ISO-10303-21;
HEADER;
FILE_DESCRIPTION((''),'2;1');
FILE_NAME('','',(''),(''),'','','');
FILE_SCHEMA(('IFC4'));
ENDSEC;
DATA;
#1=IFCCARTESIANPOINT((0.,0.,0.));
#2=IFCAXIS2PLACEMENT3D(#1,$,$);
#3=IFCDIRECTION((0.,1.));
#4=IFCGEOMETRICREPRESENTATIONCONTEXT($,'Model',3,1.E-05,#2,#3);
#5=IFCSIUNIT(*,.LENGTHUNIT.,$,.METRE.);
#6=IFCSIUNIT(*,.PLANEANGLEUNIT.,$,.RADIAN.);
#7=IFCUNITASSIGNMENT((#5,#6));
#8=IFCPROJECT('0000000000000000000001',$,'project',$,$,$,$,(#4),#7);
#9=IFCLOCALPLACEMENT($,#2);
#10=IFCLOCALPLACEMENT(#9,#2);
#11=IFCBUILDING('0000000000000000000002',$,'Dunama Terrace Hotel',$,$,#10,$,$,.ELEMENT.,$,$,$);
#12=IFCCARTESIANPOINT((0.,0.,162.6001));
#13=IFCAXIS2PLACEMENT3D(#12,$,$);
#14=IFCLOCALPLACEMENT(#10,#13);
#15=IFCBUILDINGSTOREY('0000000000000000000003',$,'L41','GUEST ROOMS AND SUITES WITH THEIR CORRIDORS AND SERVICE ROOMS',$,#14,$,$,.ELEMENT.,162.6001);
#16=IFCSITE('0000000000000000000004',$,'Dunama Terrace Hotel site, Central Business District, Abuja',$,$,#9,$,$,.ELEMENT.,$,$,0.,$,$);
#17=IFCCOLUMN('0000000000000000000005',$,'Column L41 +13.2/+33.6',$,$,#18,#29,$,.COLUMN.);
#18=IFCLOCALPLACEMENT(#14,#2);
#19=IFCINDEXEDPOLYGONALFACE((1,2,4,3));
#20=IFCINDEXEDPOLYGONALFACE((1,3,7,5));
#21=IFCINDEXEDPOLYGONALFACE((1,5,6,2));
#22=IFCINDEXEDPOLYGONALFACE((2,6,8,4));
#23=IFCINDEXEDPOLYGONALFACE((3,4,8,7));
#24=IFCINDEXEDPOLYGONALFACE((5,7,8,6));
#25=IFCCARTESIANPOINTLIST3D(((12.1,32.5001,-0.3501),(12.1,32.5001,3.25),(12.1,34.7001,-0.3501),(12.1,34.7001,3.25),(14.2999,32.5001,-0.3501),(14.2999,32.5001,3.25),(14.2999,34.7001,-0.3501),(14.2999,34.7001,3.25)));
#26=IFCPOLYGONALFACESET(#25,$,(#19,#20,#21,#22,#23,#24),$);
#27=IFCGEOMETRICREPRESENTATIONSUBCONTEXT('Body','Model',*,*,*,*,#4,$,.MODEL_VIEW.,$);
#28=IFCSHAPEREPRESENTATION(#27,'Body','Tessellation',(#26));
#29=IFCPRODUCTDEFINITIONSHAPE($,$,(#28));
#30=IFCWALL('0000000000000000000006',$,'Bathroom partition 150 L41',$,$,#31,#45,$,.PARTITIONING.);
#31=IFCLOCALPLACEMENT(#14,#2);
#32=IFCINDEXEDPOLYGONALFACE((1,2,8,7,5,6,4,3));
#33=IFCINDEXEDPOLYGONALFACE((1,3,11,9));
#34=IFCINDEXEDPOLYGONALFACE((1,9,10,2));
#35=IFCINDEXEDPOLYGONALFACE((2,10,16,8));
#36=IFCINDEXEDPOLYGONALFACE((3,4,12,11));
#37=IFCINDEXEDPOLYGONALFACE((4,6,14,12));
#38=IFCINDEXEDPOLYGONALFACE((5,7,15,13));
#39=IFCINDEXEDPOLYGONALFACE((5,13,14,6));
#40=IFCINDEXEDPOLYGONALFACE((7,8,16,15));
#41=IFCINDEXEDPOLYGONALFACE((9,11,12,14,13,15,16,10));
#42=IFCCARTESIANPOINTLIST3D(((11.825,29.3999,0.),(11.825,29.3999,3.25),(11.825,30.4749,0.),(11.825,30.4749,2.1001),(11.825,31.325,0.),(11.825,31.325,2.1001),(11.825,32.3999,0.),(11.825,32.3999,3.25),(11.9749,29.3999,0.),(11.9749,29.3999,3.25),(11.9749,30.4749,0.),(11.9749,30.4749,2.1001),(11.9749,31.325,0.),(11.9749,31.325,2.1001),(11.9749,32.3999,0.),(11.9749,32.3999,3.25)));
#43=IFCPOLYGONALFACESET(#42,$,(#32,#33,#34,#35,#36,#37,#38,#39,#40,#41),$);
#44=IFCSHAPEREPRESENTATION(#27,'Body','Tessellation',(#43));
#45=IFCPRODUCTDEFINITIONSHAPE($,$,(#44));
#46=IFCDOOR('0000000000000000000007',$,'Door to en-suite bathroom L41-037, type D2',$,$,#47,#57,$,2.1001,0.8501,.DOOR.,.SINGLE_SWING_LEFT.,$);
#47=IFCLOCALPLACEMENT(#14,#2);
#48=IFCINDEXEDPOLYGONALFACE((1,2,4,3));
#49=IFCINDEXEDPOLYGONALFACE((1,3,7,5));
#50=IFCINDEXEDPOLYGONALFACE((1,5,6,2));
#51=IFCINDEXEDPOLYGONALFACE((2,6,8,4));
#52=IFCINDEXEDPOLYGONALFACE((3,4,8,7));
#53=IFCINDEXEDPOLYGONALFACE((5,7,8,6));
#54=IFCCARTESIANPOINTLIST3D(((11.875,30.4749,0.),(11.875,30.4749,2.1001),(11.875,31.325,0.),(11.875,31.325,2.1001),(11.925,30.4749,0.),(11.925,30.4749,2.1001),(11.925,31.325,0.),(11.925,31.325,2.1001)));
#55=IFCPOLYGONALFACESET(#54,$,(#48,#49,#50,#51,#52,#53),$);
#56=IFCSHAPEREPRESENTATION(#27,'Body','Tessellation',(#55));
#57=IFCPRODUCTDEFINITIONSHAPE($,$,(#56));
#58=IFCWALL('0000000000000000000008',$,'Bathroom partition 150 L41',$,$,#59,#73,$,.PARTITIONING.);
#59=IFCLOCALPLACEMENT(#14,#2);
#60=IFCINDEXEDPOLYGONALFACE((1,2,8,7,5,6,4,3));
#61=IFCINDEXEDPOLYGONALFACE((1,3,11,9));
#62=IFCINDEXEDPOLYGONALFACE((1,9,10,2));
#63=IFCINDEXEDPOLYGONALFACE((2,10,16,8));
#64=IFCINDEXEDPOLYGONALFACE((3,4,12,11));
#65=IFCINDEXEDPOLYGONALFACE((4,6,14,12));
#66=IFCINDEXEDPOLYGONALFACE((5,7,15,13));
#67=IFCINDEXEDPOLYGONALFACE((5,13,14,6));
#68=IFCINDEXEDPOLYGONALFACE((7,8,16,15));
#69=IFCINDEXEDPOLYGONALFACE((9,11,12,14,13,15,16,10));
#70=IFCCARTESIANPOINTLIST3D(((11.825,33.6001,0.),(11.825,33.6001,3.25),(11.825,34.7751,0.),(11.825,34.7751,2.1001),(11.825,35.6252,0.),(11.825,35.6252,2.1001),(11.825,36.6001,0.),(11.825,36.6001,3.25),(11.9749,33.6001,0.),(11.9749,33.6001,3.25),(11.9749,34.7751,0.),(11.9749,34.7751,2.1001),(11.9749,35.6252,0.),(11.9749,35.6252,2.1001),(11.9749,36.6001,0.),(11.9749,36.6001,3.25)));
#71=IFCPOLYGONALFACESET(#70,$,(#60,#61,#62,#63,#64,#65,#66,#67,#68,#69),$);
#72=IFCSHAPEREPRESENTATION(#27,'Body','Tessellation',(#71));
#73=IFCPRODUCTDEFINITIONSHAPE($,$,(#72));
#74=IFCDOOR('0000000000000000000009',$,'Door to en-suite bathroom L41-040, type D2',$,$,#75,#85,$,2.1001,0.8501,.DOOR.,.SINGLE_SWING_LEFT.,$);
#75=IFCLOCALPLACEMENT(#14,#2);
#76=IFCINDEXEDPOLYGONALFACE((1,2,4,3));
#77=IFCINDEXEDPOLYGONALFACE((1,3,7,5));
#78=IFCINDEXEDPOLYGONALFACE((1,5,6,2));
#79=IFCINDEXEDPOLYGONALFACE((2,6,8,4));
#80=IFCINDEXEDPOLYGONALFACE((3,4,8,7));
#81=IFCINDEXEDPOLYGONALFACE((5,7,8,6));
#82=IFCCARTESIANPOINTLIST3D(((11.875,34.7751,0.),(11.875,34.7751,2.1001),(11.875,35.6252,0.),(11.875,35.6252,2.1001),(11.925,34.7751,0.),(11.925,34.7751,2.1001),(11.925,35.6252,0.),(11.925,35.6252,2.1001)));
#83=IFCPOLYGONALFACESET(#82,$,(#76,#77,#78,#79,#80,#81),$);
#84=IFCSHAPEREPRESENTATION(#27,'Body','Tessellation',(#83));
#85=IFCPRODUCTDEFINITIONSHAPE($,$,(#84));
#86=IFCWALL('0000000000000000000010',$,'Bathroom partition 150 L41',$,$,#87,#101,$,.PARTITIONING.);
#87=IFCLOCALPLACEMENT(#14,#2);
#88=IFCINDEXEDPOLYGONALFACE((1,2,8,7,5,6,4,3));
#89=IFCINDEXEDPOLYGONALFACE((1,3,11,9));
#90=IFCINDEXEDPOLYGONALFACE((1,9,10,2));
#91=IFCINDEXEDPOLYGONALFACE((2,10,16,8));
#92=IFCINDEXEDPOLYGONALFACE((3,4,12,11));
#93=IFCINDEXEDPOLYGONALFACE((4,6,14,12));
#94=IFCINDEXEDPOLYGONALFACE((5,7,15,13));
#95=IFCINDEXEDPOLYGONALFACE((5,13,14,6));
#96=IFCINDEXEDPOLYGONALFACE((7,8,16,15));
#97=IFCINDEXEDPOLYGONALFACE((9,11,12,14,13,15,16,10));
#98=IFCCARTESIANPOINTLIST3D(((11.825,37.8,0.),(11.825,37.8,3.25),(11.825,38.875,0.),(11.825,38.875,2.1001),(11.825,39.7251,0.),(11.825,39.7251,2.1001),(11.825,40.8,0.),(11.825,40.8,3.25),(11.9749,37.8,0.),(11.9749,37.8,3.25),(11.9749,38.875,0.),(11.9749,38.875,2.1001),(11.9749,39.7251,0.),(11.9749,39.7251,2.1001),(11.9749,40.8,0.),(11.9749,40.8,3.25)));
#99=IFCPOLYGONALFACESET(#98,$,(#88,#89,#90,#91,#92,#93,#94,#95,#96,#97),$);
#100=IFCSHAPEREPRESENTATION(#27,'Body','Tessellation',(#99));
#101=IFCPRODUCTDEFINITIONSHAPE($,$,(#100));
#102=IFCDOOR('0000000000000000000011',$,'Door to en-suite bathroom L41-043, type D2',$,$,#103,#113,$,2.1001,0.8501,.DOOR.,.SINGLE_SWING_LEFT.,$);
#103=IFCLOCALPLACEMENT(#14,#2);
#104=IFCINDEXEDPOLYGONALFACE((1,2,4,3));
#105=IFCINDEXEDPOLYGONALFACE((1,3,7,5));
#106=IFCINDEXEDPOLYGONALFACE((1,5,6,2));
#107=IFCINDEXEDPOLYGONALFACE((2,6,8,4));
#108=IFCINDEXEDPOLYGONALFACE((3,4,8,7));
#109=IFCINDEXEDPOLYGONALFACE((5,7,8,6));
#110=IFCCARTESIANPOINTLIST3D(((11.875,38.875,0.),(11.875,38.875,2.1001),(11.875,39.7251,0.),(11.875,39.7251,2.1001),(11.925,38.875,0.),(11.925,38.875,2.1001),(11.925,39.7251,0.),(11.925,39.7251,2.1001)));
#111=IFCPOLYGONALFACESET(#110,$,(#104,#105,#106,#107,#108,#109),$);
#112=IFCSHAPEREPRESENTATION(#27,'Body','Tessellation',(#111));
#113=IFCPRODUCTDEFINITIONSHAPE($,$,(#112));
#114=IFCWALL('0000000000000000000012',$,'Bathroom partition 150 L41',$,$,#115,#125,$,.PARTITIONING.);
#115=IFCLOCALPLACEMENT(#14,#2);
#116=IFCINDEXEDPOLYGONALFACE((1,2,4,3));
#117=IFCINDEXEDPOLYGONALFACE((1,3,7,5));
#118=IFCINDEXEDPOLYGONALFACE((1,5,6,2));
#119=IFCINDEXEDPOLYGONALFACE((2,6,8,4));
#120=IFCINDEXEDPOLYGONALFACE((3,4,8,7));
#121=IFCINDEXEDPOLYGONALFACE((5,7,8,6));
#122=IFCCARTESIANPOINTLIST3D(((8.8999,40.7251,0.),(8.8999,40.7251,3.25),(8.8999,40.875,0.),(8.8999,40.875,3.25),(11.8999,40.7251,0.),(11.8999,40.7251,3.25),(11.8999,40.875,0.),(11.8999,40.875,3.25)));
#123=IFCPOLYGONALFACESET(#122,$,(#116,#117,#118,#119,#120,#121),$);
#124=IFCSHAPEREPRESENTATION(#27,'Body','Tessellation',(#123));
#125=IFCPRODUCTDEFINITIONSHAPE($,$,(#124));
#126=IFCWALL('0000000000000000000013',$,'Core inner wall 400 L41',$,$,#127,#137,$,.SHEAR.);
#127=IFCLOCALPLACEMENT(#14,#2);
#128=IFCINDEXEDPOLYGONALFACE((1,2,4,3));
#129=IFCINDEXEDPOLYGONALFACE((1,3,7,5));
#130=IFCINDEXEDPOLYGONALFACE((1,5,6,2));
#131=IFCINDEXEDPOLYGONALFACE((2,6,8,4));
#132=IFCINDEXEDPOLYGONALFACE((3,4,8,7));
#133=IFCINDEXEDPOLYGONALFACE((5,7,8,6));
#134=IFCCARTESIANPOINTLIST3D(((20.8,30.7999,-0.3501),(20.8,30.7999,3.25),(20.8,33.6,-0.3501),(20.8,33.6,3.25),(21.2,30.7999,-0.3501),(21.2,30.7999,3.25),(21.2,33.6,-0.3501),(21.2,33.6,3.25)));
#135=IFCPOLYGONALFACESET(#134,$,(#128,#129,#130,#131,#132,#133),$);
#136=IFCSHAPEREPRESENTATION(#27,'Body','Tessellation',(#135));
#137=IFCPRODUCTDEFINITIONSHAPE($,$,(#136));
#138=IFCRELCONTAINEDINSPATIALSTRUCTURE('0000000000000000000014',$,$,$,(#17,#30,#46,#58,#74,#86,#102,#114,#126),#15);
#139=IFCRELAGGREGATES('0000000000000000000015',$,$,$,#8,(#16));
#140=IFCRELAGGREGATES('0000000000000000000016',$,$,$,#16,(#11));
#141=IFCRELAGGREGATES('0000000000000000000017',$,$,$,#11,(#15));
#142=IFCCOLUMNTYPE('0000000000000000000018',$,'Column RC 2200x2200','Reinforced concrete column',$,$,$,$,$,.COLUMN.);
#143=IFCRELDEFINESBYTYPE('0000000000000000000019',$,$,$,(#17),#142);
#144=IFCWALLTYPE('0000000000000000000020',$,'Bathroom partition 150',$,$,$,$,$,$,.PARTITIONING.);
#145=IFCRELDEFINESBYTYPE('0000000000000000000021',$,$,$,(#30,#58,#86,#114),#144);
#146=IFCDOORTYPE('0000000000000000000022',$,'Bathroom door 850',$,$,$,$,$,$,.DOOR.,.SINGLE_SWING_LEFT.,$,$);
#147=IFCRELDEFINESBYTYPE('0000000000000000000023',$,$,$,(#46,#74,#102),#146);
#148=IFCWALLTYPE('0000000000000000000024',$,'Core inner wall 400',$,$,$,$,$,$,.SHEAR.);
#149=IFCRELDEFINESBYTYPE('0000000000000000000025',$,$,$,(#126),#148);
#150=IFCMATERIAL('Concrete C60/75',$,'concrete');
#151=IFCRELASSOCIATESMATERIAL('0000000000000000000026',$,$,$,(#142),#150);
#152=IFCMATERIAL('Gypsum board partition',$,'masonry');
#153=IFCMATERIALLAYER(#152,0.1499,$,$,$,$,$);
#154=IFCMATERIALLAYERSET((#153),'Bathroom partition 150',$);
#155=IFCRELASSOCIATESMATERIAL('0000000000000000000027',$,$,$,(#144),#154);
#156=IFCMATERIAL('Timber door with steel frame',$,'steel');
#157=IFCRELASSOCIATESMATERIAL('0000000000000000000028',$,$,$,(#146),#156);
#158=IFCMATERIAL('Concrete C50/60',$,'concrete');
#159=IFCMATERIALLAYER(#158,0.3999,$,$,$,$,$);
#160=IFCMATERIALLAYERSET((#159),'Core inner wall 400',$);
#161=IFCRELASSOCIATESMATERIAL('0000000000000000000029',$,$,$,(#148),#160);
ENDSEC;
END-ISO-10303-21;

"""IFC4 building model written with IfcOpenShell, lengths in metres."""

from ifc_helpers import new_model, si_unit, direction, frame, frame_2d, origin, origin_2d, place, context, subcontext, project, spatial, rectangle, extrude, material, layer, layer_set, material_profile, profile_set, type_object, element, fill, save


model = new_model("IFC4")

# Units and contexts
model_context = context("Model", 3, precision=1e-05, world=origin(), true_north=direction((0.0, 1.0)))
body_context = subcontext(model_context, "Body", "Model", "MODEL_VIEW")
ifc_project = project(units=[si_unit("LENGTHUNIT", "METRE"), si_unit("PLANEANGLEUNIT", "RADIAN")], contexts=[model_context])

# Site, building, storey
site_placement = place(None, origin())
site = spatial("IfcSite", under=ifc_project, at=site_placement, Name="Dunama Terrace Hotel site, Central Business District, Abuja", CompositionType="ELEMENT", RefElevation=0.0)
building_placement = place(site_placement, origin())
building = spatial("IfcBuilding", under=site, at=building_placement, Name="Dunama Terrace Hotel", CompositionType="ELEMENT")
storey_placement = place(building_placement, frame((0.0, 0.0, 162.6001)))
storey = spatial("IfcBuildingStorey", under=building, at=storey_placement, Name="L41", Description="GUEST ROOMS AND SUITES WITH THEIR CORRIDORS AND SERVICE ROOMS", CompositionType="ELEMENT", Elevation=162.6001)

# Column
ifc_material_1 = material(Name="Concrete C60/75", Category="concrete")
ifc_material_profile = material_profile(ifc_material_1, rectangle(XDim=2.2, YDim=2.2, at=origin_2d()), Name="RC 2200x2200")
ifc_profile_set = profile_set([ifc_material_profile], Name="Concrete C60/75")
column_type = type_object("IfcColumnType", Name="Column RC 2200x2200", Description="Reinforced concrete column", PredefinedType="COLUMN", material=ifc_profile_set)
column_placement = place(storey_placement, frame((13.2, 33.6001, -0.3501), z_axis=(0.0, 0.0, 1.0), x_axis=(1.0, 0.0, 0.0)))
element("IfcColumn", 1, at=column_placement, inside=storey, type_object=column_type, Name="Column L41 +13.2/+33.6", PredefinedType="COLUMN", context=body_context, shape_type="SweptSolid", body=[
    extrude(rectangle(XDim=2.2, YDim=2.2, at=origin_2d()), origin(), (0.0, 0.0, 1.0), 3.6001),
])

# Walls, openings, doors
ifc_material_2 = material(Name="Gypsum board partition", Category="masonry")
ifc_layer_1 = layer(ifc_material_2, 0.1499)
ifc_layer_set_1 = layer_set([ifc_layer_1], Name="Bathroom partition 150")
wall_type_1 = type_object("IfcWallType", Name="Bathroom partition 150", PredefinedType="PARTITIONING", material=ifc_layer_set_1)
wall_1_placement = place(storey_placement, frame((11.8999, 29.3999, 0.0), z_axis=(0.0, 0.0, 1.0), x_axis=(0.0, 1.0, 0.0)))
wall_1 = element("IfcWall", 2, at=wall_1_placement, inside=storey, type_object=wall_type_1, Name="Bathroom partition 150 L41", PredefinedType="PARTITIONING", context=body_context, shape_type="SweptSolid", body=[
    extrude(rectangle(XDim=3.0, YDim=0.1499, at=frame_2d((1.5, 0.0))), origin(), (0.0, 0.0, 1.0), 3.25),
])
opening_1_placement = place(wall_1_placement, frame((1.075, 0.0, 0.0)))
opening_1 = element("IfcOpeningElement", 3, at=opening_1_placement, cuts=wall_1, PredefinedType="OPENING", context=body_context, shape_type="SweptSolid", body=[
    extrude(rectangle(XDim=0.8501, YDim=2.1001, at=frame_2d((0.425, 1.05))), frame((0.0, 0.085, 0.0), z_axis=(0.0, -1.0, 0.0), x_axis=(1.0, 0.0, 0.0)), (0.0, 0.0, 1.0), 0.1699),
])
ifc_material_3 = material(Name="Timber door with steel frame", Category="steel")
door_type_1 = type_object("IfcDoorType", Name="Bathroom door 850", OperationType="SINGLE_SWING_LEFT", PredefinedType="DOOR", material=ifc_material_3)
door_1_placement = place(opening_1_placement, origin())
door_1 = element("IfcDoor", 4, at=door_1_placement, inside=storey, type_object=door_type_1, Name="Door to en-suite bathroom L41-037, type D2", OperationType="SINGLE_SWING_LEFT", OverallHeight=2.1001, OverallWidth=0.8501, PredefinedType="DOOR", context=body_context, shape_type="SweptSolid", body=[
    extrude(rectangle(XDim=0.8501, YDim=2.1001, at=frame_2d((0.425, 1.05))), frame((0.0, 0.0249, 0.0), z_axis=(0.0, -1.0, 0.0), x_axis=(1.0, 0.0, 0.0)), (0.0, 0.0, 1.0), 0.05),
])
fill(opening_1, door_1)
wall_2_placement = place(storey_placement, frame((11.8999, 33.6001, 0.0), z_axis=(0.0, 0.0, 1.0), x_axis=(0.0, 1.0, 0.0)))
wall_2 = element("IfcWall", 5, at=wall_2_placement, inside=storey, type_object=wall_type_1, Name="Bathroom partition 150 L41", PredefinedType="PARTITIONING", context=body_context, shape_type="SweptSolid", body=[
    extrude(rectangle(XDim=3.0, YDim=0.1499, at=frame_2d((1.5, 0.0))), origin(), (0.0, 0.0, 1.0), 3.25),
])
opening_2_placement = place(wall_2_placement, frame((1.175, 0.0, 0.0)))
opening_2 = element("IfcOpeningElement", 6, at=opening_2_placement, cuts=wall_2, PredefinedType="OPENING", context=body_context, shape_type="SweptSolid", body=[
    extrude(rectangle(XDim=0.8501, YDim=2.1001, at=frame_2d((0.425, 1.05))), frame((0.0, 0.085, 0.0), z_axis=(0.0, -1.0, 0.0), x_axis=(1.0, 0.0, 0.0)), (0.0, 0.0, 1.0), 0.1699),
])
door_2_placement = place(opening_2_placement, origin())
door_2 = element("IfcDoor", 7, at=door_2_placement, inside=storey, type_object=door_type_1, Name="Door to en-suite bathroom L41-040, type D2", OperationType="SINGLE_SWING_LEFT", OverallHeight=2.1001, OverallWidth=0.8501, PredefinedType="DOOR", context=body_context, shape_type="SweptSolid", body=[
    extrude(rectangle(XDim=0.8501, YDim=2.1001, at=frame_2d((0.425, 1.05))), frame((0.0, 0.0249, 0.0), z_axis=(0.0, -1.0, 0.0), x_axis=(1.0, 0.0, 0.0)), (0.0, 0.0, 1.0), 0.05),
])
fill(opening_2, door_2)
wall_3_placement = place(storey_placement, frame((11.8999, 37.8, 0.0), z_axis=(0.0, 0.0, 1.0), x_axis=(0.0, 1.0, 0.0)))
wall_3 = element("IfcWall", 8, at=wall_3_placement, inside=storey, type_object=wall_type_1, Name="Bathroom partition 150 L41", PredefinedType="PARTITIONING", context=body_context, shape_type="SweptSolid", body=[
    extrude(rectangle(XDim=3.0, YDim=0.1499, at=frame_2d((1.5, 0.0))), origin(), (0.0, 0.0, 1.0), 3.25),
])
opening_3_placement = place(wall_3_placement, frame((1.075, 0.0, 0.0)))
opening_3 = element("IfcOpeningElement", 9, at=opening_3_placement, cuts=wall_3, PredefinedType="OPENING", context=body_context, shape_type="SweptSolid", body=[
    extrude(rectangle(XDim=0.8501, YDim=2.1001, at=frame_2d((0.425, 1.05))), frame((0.0, 0.085, 0.0), z_axis=(0.0, -1.0, 0.0), x_axis=(1.0, 0.0, 0.0)), (0.0, 0.0, 1.0), 0.1699),
])
door_3_placement = place(opening_3_placement, origin())
door_3 = element("IfcDoor", 10, at=door_3_placement, inside=storey, type_object=door_type_1, Name="Door to en-suite bathroom L41-043, type D2", OperationType="SINGLE_SWING_LEFT", OverallHeight=2.1001, OverallWidth=0.8501, PredefinedType="DOOR", context=body_context, shape_type="SweptSolid", body=[
    extrude(rectangle(XDim=0.8501, YDim=2.1001, at=frame_2d((0.425, 1.05))), frame((0.0, 0.0249, 0.0), z_axis=(0.0, -1.0, 0.0), x_axis=(1.0, 0.0, 0.0)), (0.0, 0.0, 1.0), 0.05),
])
fill(opening_3, door_3)

# Walls
wall_4_placement = place(storey_placement, frame((8.8999, 40.8, 0.0), z_axis=(0.0, 0.0, 1.0), x_axis=(1.0, 0.0, 0.0)))
element("IfcWall", 11, at=wall_4_placement, inside=storey, type_object=wall_type_1, Name="Bathroom partition 150 L41", PredefinedType="PARTITIONING", context=body_context, shape_type="SweptSolid", body=[
    extrude(rectangle(XDim=3.0, YDim=0.1499, at=frame_2d((1.5, 0.0))), origin(), (0.0, 0.0, 1.0), 3.25),
])
ifc_material_4 = material(Name="Concrete C50/60", Category="concrete")
ifc_layer_2 = layer(ifc_material_4, 0.3999)
ifc_layer_set_2 = layer_set([ifc_layer_2], Name="Core inner wall 400")
wall_type_2 = type_object("IfcWallType", Name="Core inner wall 400", PredefinedType="SHEAR", material=ifc_layer_set_2)
wall_5_placement = place(storey_placement, frame((21.0, 30.8, -0.3501), z_axis=(0.0, 0.0, 1.0), x_axis=(0.0, 1.0, 0.0)))
element("IfcWall", 12, at=wall_5_placement, inside=storey, type_object=wall_type_2, Name="Core inner wall 400 L41", PredefinedType="SHEAR", context=body_context, shape_type="SweptSolid", body=[
    extrude(rectangle(XDim=2.8, YDim=0.3999, at=frame_2d((1.3999, 0.0))), origin(), (0.0, 0.0, 1.0), 3.6001),
])

save(model, "model.ifc")
